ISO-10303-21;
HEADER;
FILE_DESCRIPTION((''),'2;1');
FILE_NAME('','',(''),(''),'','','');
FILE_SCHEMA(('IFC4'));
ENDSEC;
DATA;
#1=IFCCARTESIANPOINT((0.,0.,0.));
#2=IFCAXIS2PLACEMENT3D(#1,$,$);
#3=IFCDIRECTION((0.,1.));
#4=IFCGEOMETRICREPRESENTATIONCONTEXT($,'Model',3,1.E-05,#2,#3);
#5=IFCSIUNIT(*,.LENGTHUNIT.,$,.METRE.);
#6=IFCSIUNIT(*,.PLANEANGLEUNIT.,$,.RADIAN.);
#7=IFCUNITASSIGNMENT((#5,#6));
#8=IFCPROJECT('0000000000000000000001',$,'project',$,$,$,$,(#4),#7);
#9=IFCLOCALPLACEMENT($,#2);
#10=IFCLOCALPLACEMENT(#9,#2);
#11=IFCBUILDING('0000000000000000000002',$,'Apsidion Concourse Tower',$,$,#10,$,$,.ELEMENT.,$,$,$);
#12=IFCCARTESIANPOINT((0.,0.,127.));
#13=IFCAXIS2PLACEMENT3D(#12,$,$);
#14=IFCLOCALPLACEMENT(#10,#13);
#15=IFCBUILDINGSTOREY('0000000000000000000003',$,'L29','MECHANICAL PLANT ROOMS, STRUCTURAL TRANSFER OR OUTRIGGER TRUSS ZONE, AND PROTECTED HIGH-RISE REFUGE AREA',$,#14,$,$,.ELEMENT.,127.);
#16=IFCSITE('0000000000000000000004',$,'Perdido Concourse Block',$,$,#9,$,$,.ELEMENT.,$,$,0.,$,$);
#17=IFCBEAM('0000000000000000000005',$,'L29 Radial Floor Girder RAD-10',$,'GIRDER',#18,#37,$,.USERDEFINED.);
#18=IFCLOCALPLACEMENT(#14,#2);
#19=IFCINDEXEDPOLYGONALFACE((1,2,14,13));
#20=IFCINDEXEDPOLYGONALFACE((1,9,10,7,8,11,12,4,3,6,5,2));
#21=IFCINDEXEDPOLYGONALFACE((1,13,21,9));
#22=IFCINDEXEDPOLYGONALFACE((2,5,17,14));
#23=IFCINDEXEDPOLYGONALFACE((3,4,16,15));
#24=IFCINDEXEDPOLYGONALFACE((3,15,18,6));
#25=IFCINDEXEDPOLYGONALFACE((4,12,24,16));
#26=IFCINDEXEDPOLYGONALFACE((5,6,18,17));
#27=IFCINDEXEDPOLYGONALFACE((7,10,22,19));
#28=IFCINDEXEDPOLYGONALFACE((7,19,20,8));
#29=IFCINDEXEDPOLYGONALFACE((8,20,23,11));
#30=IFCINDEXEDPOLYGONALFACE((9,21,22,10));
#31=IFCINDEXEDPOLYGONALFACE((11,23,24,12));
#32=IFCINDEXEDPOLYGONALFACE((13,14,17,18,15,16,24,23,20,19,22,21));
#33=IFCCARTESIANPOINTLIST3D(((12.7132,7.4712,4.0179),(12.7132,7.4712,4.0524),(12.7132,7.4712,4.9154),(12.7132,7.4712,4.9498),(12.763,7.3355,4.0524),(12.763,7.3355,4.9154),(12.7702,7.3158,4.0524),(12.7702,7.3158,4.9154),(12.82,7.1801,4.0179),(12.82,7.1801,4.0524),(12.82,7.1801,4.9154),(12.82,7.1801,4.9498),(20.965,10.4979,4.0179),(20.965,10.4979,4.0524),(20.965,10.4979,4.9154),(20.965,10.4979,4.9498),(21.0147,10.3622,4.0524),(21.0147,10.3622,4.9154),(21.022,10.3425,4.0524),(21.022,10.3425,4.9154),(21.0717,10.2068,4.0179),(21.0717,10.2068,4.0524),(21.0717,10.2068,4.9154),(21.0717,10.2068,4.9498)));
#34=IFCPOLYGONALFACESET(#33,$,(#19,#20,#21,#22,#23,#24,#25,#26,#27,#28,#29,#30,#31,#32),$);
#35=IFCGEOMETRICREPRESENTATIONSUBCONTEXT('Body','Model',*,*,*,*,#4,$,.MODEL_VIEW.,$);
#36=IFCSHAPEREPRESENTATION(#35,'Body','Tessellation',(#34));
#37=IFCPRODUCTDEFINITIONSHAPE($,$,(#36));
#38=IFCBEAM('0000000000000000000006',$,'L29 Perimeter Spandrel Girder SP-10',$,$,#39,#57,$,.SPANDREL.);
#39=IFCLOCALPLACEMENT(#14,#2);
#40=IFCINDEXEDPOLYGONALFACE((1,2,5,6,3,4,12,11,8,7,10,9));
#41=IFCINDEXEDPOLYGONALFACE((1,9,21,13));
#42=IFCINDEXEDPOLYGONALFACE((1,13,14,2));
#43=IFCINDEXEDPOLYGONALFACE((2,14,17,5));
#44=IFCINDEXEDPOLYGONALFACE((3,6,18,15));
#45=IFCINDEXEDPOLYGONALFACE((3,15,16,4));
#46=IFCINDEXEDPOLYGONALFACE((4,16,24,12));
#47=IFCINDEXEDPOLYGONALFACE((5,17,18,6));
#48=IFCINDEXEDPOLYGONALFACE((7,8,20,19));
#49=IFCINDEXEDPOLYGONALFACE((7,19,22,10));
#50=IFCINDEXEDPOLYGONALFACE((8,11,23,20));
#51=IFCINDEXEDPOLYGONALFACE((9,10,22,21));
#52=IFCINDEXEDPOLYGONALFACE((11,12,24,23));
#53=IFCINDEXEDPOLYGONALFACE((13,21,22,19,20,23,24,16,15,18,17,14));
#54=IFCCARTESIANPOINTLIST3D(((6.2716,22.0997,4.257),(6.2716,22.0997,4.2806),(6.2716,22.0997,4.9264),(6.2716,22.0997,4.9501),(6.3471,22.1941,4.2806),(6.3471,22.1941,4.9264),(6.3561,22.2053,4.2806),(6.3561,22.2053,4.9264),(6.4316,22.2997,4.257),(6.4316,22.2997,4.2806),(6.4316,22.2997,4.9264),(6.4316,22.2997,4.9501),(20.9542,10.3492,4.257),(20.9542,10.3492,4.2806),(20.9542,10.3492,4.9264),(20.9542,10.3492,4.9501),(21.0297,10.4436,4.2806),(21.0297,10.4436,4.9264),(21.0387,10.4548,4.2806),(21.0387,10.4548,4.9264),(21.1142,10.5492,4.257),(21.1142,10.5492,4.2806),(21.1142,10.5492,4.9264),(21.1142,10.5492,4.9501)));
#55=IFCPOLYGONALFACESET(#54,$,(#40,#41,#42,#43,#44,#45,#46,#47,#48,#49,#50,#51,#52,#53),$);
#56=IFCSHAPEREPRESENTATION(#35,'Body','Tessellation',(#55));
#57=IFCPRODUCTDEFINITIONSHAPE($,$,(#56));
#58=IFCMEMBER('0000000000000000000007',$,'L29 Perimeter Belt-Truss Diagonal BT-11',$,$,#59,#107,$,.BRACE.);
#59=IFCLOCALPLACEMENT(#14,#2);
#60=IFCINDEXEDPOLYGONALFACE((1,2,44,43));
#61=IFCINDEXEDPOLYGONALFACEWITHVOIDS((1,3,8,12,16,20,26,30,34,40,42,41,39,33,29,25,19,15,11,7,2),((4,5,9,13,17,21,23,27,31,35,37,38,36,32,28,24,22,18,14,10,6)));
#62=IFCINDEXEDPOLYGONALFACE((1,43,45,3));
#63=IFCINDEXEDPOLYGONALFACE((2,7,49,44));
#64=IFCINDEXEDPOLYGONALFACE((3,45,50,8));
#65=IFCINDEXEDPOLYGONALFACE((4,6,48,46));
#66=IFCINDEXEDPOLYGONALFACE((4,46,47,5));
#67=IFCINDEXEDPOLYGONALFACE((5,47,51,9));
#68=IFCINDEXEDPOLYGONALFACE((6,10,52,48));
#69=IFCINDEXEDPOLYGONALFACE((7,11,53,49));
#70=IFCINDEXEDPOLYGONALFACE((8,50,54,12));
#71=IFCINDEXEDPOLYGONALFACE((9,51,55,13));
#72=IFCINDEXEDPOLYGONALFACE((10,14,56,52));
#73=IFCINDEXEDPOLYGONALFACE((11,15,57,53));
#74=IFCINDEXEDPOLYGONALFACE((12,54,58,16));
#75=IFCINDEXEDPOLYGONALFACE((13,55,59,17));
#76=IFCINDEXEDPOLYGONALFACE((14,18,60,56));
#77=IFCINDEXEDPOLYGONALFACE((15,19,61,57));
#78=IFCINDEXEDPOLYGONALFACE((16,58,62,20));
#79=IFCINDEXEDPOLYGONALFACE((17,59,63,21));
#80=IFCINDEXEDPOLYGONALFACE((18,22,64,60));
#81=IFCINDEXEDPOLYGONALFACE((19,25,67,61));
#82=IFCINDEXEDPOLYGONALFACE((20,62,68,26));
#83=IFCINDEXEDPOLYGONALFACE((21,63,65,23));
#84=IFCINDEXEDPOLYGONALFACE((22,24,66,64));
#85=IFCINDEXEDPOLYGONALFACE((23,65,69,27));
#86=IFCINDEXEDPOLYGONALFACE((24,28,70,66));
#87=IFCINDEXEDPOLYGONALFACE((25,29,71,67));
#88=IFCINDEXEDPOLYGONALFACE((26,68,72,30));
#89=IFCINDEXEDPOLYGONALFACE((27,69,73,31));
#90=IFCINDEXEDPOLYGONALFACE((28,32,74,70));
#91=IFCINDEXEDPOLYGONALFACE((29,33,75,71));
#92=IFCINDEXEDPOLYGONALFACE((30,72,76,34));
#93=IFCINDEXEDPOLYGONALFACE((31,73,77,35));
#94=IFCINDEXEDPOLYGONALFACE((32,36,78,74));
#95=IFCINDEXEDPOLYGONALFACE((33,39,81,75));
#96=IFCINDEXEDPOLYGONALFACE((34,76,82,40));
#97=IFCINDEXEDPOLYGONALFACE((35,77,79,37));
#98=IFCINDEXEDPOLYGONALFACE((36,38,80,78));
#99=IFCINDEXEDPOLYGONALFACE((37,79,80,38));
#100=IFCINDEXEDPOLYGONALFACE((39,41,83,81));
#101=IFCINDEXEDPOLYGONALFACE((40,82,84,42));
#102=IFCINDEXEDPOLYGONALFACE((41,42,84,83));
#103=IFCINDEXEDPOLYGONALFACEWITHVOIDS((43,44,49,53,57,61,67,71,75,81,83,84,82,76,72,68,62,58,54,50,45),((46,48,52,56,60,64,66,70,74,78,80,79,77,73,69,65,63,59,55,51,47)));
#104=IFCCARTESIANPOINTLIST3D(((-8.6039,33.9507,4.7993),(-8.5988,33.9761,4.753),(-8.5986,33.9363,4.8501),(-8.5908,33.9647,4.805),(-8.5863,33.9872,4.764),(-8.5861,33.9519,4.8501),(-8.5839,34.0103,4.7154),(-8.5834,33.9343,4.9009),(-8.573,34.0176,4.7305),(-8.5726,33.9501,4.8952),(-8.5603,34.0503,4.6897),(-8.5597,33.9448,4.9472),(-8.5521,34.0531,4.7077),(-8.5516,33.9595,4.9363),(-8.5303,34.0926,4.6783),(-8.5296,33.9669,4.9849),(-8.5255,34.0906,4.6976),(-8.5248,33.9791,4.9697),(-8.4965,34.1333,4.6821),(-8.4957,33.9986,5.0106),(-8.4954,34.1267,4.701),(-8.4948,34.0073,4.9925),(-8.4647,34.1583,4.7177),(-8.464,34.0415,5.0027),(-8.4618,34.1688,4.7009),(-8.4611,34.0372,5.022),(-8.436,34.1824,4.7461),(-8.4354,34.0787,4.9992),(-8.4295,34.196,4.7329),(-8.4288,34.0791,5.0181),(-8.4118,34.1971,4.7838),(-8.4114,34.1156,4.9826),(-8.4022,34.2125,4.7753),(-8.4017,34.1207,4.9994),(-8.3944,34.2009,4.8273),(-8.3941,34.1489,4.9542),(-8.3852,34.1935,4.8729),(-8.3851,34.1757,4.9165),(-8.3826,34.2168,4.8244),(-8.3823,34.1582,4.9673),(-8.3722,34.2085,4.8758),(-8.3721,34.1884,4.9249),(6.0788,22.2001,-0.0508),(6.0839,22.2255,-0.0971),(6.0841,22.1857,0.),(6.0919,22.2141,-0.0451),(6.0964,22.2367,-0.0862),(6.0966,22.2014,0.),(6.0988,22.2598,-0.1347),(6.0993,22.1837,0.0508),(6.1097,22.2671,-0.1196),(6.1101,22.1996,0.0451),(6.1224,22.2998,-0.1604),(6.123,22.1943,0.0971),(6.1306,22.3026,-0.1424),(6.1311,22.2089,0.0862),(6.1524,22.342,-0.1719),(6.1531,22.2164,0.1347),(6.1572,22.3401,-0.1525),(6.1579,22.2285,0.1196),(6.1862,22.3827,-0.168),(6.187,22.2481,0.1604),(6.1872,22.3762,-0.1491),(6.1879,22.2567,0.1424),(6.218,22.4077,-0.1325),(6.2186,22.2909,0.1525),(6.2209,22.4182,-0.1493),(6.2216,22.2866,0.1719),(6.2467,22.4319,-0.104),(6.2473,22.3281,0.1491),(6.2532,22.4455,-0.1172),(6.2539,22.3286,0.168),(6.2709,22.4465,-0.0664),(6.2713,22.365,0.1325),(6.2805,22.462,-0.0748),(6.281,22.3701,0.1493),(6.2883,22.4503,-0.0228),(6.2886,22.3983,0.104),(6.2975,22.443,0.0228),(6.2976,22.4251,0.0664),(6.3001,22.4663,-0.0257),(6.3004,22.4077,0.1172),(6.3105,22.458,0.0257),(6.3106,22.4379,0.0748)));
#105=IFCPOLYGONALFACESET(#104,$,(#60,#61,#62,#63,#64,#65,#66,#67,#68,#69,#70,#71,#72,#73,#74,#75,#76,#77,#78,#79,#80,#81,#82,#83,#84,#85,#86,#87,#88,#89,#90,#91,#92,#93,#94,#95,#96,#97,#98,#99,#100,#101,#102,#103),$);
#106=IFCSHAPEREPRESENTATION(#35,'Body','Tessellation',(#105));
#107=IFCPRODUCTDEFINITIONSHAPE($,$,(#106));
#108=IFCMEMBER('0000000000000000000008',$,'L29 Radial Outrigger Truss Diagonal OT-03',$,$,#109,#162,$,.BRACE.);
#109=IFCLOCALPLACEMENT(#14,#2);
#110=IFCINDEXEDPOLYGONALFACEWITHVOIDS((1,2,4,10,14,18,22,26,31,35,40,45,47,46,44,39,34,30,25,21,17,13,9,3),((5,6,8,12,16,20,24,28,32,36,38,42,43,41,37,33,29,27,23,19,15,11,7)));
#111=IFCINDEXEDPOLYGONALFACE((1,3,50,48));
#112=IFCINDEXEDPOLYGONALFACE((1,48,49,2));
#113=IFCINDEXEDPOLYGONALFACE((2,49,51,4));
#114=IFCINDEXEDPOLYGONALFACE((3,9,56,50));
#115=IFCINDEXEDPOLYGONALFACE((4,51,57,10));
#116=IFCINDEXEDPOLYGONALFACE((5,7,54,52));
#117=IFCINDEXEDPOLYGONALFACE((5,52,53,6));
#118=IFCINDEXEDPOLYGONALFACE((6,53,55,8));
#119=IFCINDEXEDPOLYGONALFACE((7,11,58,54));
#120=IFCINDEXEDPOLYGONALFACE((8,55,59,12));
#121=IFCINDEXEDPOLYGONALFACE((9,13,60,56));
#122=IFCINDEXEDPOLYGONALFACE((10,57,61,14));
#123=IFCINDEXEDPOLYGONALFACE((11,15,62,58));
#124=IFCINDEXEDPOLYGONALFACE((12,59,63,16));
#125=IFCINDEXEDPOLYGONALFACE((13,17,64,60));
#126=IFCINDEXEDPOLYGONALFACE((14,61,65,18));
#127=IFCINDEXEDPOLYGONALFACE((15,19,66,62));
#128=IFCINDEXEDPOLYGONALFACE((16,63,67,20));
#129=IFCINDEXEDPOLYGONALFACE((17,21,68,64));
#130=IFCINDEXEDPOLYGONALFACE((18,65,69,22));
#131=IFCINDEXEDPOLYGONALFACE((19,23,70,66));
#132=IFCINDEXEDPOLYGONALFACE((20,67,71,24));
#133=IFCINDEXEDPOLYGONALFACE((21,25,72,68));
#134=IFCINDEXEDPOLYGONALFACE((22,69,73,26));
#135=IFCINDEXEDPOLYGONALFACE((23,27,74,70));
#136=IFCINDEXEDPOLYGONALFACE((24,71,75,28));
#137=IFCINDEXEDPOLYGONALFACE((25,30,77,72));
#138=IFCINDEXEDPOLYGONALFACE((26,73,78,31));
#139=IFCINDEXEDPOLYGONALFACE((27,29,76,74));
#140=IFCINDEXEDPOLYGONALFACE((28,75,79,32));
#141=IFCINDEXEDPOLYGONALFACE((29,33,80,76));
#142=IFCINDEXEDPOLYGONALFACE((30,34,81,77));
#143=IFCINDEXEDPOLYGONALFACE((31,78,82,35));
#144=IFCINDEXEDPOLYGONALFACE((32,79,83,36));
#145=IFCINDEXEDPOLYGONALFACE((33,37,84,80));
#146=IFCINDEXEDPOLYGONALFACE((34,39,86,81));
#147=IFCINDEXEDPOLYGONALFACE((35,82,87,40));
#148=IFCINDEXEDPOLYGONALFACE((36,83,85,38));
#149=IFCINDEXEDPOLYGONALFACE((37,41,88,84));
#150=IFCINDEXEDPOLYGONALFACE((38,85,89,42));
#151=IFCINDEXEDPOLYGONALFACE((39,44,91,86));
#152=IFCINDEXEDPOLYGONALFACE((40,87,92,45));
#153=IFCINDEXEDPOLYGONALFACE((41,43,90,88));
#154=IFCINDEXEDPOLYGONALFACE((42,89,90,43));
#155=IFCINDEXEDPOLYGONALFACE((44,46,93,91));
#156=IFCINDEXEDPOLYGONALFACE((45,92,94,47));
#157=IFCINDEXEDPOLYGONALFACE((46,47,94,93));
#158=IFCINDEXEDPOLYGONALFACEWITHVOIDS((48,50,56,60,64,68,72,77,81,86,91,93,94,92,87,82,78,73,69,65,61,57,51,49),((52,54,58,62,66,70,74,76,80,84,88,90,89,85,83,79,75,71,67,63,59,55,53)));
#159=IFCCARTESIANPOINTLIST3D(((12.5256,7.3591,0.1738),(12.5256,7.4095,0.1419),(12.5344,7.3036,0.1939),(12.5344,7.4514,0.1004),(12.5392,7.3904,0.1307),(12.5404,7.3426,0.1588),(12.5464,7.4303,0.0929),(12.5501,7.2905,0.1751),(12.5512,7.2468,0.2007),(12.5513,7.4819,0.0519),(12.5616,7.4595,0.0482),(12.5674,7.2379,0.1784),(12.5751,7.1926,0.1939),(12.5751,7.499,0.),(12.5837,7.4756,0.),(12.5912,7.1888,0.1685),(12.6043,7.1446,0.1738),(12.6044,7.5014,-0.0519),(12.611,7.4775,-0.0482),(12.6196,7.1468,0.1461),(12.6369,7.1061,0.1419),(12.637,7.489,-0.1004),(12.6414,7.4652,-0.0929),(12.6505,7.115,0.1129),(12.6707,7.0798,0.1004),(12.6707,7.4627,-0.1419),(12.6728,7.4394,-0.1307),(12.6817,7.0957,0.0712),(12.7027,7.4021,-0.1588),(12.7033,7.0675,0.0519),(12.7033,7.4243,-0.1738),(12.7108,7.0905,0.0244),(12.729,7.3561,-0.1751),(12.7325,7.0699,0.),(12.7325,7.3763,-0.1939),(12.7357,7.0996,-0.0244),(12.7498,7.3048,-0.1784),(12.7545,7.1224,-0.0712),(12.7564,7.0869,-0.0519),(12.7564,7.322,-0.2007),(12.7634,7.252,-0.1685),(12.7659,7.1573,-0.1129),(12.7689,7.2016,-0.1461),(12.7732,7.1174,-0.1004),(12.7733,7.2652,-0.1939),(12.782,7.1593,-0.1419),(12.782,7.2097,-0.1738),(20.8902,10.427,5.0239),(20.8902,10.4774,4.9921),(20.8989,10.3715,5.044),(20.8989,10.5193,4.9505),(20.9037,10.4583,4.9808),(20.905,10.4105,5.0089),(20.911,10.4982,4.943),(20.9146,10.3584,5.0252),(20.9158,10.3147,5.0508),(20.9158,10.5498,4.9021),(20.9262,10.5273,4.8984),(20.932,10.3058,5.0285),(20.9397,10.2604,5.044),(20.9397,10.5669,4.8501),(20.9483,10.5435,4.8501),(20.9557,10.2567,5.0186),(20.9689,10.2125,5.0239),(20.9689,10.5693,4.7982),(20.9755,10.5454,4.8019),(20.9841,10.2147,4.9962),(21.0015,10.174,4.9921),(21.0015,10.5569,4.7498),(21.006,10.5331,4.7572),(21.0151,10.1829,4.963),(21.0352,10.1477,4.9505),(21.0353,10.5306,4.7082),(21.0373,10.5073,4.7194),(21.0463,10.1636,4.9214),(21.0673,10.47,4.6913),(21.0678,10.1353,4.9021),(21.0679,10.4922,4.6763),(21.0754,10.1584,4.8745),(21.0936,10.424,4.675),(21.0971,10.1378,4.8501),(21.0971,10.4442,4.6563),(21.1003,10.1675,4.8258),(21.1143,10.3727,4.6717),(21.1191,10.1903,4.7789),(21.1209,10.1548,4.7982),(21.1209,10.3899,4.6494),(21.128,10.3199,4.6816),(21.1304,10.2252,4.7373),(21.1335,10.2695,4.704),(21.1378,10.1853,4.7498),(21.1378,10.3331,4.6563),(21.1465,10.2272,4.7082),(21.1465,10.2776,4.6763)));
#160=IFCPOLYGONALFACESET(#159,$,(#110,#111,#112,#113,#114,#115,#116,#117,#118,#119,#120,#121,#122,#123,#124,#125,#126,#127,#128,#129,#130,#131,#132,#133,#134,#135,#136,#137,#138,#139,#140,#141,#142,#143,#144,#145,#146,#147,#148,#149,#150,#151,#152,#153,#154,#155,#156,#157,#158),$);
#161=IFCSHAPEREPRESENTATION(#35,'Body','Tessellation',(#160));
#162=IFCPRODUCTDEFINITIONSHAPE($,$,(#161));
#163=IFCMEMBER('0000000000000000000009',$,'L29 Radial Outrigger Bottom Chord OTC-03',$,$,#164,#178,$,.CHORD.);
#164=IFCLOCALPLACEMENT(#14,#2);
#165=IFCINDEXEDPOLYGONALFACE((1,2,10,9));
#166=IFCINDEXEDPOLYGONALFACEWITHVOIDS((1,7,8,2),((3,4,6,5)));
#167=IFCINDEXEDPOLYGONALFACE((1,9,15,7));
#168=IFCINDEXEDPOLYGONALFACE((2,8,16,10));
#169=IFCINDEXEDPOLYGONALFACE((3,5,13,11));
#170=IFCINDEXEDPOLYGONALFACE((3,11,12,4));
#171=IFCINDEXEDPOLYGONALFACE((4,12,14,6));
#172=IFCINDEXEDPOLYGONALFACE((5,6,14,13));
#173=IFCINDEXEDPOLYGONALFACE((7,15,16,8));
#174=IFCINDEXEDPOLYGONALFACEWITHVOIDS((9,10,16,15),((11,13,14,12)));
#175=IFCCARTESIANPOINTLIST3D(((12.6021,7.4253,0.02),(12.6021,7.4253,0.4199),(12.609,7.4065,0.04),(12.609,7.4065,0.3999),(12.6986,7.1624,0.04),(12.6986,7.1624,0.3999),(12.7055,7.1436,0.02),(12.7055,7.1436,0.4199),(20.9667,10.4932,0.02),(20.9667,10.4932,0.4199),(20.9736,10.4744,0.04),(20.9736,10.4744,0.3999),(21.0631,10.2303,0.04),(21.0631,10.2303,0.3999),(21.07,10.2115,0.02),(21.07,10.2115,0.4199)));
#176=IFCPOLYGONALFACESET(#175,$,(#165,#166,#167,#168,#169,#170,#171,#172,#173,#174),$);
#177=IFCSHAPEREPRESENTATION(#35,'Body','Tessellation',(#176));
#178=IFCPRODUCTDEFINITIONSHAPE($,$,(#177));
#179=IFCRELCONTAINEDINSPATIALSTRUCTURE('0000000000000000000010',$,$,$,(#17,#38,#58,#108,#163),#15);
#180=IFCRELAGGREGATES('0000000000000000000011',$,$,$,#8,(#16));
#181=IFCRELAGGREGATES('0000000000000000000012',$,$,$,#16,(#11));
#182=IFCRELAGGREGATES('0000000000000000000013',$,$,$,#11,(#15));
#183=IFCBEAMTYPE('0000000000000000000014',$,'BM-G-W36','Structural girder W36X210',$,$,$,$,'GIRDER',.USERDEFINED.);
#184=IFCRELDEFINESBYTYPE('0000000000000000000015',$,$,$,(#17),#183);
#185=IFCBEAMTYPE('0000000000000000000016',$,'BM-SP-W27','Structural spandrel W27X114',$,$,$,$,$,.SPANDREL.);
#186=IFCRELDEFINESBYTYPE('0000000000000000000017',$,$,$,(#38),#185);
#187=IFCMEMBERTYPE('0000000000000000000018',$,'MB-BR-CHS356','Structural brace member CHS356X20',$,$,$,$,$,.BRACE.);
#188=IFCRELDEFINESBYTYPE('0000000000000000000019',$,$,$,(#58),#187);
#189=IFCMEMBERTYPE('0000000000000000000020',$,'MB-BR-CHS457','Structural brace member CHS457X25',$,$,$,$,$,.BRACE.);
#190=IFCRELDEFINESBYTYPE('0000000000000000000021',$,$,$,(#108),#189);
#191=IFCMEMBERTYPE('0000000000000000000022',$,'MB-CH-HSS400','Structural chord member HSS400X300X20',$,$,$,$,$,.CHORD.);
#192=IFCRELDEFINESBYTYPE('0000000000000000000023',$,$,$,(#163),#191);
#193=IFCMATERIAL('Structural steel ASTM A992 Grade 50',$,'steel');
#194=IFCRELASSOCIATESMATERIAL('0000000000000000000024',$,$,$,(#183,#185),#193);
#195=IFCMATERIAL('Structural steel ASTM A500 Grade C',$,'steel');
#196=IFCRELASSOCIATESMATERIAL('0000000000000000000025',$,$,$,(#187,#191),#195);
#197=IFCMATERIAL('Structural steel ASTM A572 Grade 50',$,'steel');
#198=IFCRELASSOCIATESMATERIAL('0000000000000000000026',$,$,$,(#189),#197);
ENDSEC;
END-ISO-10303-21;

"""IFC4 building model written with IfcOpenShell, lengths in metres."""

from ifc_helpers import new_model, si_unit, direction, frame, origin, origin_2d, place, context, subcontext, project, spatial, hollow_rectangle, hollow_circle, i_section, extrude, material, material_profile, profile_set, type_object, element, save


model = new_model("IFC4")

# Units and contexts
model_context = context("Model", 3, precision=1e-05, world=origin(), true_north=direction((0.0, 1.0)))
body_context = subcontext(model_context, "Body", "Model", "MODEL_VIEW")
ifc_project = project(units=[si_unit("LENGTHUNIT", "METRE"), si_unit("PLANEANGLEUNIT", "RADIAN")], contexts=[model_context])

# Site, building, storey
site_placement = place(None, origin())
site = spatial("IfcSite", under=ifc_project, at=site_placement, Name="Perdido Concourse Block", CompositionType="ELEMENT", RefElevation=0.0)
building_placement = place(site_placement, origin())
building = spatial("IfcBuilding", under=site, at=building_placement, Name="Apsidion Concourse Tower", CompositionType="ELEMENT")
storey_placement = place(building_placement, frame((0.0, 0.0, 127.0)))
storey = spatial("IfcBuildingStorey", under=building, at=storey_placement, Name="L29", Description="MECHANICAL PLANT ROOMS, STRUCTURAL TRANSFER OR OUTRIGGER TRUSS ZONE, AND PROTECTED HIGH-RISE REFUGE AREA", CompositionType="ELEMENT", Elevation=127.0)

# Shared definitions
ifc_material_1 = material(Name="Structural steel ASTM A992 Grade 50", Category="steel")

# Beams
ifc_material_profile_1 = material_profile(ifc_material_1, i_section(OverallWidth=0.3101, OverallDepth=0.9319, WebThickness=0.021, FlangeThickness=0.0344, at=origin_2d()), Name="W36X210")
ifc_profile_set_1 = profile_set([ifc_material_profile_1], Name="Structural steel ASTM A992 Grade 50")
beam_type_1 = type_object("IfcBeamType", Name="BM-G-W36", Description="Structural girder W36X210", ElementType="GIRDER", PredefinedType="USERDEFINED", material=ifc_profile_set_1)
beam_1_placement = place(storey_placement, frame((12.7666, 7.3257, 4.4839), z_axis=(0.93884, 0.344353, 0.0), x_axis=(-0.344353, 0.93884, 0.0)))
element("IfcBeam", 1, at=beam_1_placement, inside=storey, type_object=beam_type_1, Name="L29 Radial Floor Girder RAD-10", ObjectType="GIRDER", PredefinedType="USERDEFINED", context=body_context, shape_type="SweptSolid", body=[
    extrude(i_section(OverallWidth=0.3101, OverallDepth=0.9319, WebThickness=0.021, FlangeThickness=0.0344, at=origin_2d()), origin(), (0.0, 0.0, 1.0), 8.7893),
])
ifc_material_profile_2 = material_profile(ifc_material_1, i_section(OverallWidth=0.2561, OverallDepth=0.6931, WebThickness=0.0144, FlangeThickness=0.0237, at=origin_2d()), Name="W27X114")
ifc_profile_set_2 = profile_set([ifc_material_profile_2], Name="Structural steel ASTM A992 Grade 50")
beam_type_2 = type_object("IfcBeamType", Name="BM-SP-W27", Description="Structural spandrel W27X114", PredefinedType="SPANDREL", material=ifc_profile_set_2)
beam_2_placement = place(storey_placement, frame((21.0342, 10.4492, 4.6035), z_axis=(-0.780755, 0.624838, 0.0), x_axis=(-0.624838, -0.780755, 0.0)))
element("IfcBeam", 2, at=beam_2_placement, inside=storey, type_object=beam_type_2, Name="L29 Perimeter Spandrel Girder SP-10", PredefinedType="SPANDREL", context=body_context, shape_type="SweptSolid", body=[
    extrude(i_section(OverallWidth=0.2561, OverallDepth=0.6931, WebThickness=0.0144, FlangeThickness=0.0237, at=origin_2d()), origin(), (0.0, 0.0, 1.0), 18.8057),
])

# Members
ifc_material_2 = material(Name="Structural steel ASTM A500 Grade C", Category="steel")
ifc_material_profile_3 = material_profile(ifc_material_2, hollow_circle(Radius=0.178, WallThickness=0.02, at=origin_2d()), Name="CHS356X20")
ifc_profile_set_3 = profile_set([ifc_material_profile_3], Name="Structural steel ASTM A500 Grade C")
member_type_1 = type_object("IfcMemberType", Name="MB-BR-CHS356", Description="Structural brace member CHS356X20", PredefinedType="BRACE", material=ifc_profile_set_3)
member_1_placement = place(storey_placement, frame((6.1953, 22.3247, 0.0), z_axis=(-0.756016, 0.605039, 0.249734), x_axis=(-0.624838, -0.780755, 0.0)))
element("IfcMember", 3, at=member_1_placement, inside=storey, type_object=member_type_1, Name="L29 Perimeter Belt-Truss Diagonal BT-11", PredefinedType="BRACE", context=body_context, shape_type="SweptSolid", body=[
    extrude(hollow_circle(Radius=0.178, WallThickness=0.02, at=origin_2d()), origin(), (0.0, 0.0, 1.0), 19.4211),
])
ifc_material_3 = material(Name="Structural steel ASTM A572 Grade 50", Category="steel")
ifc_material_profile_4 = material_profile(ifc_material_3, hollow_circle(Radius=0.2285, WallThickness=0.0249, at=origin_2d()), Name="CHS457X25")
ifc_profile_set_4 = profile_set([ifc_material_profile_4], Name="Structural steel ASTM A572 Grade 50")
member_type_2 = type_object("IfcMemberType", Name="MB-BR-CHS457", Description="Structural brace member CHS457X25", PredefinedType="BRACE", material=ifc_profile_set_4)
member_2_placement = place(storey_placement, frame((12.6538, 7.2844, 0.0), z_axis=(0.824579, 0.302433, 0.478126), x_axis=(-0.344342, 0.938844, 0.0)))
element("IfcMember", 4, at=member_2_placement, inside=storey, type_object=member_type_2, Name="L29 Radial Outrigger Truss Diagonal OT-03", PredefinedType="BRACE", context=body_context, shape_type="SweptSolid", body=[
    extrude(hollow_circle(Radius=0.2285, WallThickness=0.0249, at=origin_2d()), origin(), (0.0, 0.0, 1.0), 10.144),
])
ifc_material_profile_5 = material_profile(ifc_material_2, hollow_rectangle(XDim=0.3, YDim=0.3999, WallThickness=0.02, at=origin_2d()), Name="HSS400X300X20")
ifc_profile_set_5 = profile_set([ifc_material_profile_5], Name="Structural steel ASTM A500 Grade C")
member_type_3 = type_object("IfcMemberType", Name="MB-CH-HSS400", Description="Structural chord member HSS400X300X20", PredefinedType="CHORD", material=ifc_profile_set_5)
member_3_placement = place(storey_placement, frame((12.6538, 7.2844, 0.22), z_axis=(0.938844, 0.344342, 0.0), x_axis=(-0.344342, 0.938844, 0.0)))
element("IfcMember", 5, at=member_3_placement, inside=storey, type_object=member_type_3, Name="L29 Radial Outrigger Bottom Chord OTC-03", PredefinedType="CHORD", context=body_context, shape_type="SweptSolid", body=[
    extrude(hollow_rectangle(XDim=0.3, YDim=0.3999, WallThickness=0.02, at=origin_2d()), origin(), (0.0, 0.0, 1.0), 8.9094),
])

save(model, "model.ifc")
